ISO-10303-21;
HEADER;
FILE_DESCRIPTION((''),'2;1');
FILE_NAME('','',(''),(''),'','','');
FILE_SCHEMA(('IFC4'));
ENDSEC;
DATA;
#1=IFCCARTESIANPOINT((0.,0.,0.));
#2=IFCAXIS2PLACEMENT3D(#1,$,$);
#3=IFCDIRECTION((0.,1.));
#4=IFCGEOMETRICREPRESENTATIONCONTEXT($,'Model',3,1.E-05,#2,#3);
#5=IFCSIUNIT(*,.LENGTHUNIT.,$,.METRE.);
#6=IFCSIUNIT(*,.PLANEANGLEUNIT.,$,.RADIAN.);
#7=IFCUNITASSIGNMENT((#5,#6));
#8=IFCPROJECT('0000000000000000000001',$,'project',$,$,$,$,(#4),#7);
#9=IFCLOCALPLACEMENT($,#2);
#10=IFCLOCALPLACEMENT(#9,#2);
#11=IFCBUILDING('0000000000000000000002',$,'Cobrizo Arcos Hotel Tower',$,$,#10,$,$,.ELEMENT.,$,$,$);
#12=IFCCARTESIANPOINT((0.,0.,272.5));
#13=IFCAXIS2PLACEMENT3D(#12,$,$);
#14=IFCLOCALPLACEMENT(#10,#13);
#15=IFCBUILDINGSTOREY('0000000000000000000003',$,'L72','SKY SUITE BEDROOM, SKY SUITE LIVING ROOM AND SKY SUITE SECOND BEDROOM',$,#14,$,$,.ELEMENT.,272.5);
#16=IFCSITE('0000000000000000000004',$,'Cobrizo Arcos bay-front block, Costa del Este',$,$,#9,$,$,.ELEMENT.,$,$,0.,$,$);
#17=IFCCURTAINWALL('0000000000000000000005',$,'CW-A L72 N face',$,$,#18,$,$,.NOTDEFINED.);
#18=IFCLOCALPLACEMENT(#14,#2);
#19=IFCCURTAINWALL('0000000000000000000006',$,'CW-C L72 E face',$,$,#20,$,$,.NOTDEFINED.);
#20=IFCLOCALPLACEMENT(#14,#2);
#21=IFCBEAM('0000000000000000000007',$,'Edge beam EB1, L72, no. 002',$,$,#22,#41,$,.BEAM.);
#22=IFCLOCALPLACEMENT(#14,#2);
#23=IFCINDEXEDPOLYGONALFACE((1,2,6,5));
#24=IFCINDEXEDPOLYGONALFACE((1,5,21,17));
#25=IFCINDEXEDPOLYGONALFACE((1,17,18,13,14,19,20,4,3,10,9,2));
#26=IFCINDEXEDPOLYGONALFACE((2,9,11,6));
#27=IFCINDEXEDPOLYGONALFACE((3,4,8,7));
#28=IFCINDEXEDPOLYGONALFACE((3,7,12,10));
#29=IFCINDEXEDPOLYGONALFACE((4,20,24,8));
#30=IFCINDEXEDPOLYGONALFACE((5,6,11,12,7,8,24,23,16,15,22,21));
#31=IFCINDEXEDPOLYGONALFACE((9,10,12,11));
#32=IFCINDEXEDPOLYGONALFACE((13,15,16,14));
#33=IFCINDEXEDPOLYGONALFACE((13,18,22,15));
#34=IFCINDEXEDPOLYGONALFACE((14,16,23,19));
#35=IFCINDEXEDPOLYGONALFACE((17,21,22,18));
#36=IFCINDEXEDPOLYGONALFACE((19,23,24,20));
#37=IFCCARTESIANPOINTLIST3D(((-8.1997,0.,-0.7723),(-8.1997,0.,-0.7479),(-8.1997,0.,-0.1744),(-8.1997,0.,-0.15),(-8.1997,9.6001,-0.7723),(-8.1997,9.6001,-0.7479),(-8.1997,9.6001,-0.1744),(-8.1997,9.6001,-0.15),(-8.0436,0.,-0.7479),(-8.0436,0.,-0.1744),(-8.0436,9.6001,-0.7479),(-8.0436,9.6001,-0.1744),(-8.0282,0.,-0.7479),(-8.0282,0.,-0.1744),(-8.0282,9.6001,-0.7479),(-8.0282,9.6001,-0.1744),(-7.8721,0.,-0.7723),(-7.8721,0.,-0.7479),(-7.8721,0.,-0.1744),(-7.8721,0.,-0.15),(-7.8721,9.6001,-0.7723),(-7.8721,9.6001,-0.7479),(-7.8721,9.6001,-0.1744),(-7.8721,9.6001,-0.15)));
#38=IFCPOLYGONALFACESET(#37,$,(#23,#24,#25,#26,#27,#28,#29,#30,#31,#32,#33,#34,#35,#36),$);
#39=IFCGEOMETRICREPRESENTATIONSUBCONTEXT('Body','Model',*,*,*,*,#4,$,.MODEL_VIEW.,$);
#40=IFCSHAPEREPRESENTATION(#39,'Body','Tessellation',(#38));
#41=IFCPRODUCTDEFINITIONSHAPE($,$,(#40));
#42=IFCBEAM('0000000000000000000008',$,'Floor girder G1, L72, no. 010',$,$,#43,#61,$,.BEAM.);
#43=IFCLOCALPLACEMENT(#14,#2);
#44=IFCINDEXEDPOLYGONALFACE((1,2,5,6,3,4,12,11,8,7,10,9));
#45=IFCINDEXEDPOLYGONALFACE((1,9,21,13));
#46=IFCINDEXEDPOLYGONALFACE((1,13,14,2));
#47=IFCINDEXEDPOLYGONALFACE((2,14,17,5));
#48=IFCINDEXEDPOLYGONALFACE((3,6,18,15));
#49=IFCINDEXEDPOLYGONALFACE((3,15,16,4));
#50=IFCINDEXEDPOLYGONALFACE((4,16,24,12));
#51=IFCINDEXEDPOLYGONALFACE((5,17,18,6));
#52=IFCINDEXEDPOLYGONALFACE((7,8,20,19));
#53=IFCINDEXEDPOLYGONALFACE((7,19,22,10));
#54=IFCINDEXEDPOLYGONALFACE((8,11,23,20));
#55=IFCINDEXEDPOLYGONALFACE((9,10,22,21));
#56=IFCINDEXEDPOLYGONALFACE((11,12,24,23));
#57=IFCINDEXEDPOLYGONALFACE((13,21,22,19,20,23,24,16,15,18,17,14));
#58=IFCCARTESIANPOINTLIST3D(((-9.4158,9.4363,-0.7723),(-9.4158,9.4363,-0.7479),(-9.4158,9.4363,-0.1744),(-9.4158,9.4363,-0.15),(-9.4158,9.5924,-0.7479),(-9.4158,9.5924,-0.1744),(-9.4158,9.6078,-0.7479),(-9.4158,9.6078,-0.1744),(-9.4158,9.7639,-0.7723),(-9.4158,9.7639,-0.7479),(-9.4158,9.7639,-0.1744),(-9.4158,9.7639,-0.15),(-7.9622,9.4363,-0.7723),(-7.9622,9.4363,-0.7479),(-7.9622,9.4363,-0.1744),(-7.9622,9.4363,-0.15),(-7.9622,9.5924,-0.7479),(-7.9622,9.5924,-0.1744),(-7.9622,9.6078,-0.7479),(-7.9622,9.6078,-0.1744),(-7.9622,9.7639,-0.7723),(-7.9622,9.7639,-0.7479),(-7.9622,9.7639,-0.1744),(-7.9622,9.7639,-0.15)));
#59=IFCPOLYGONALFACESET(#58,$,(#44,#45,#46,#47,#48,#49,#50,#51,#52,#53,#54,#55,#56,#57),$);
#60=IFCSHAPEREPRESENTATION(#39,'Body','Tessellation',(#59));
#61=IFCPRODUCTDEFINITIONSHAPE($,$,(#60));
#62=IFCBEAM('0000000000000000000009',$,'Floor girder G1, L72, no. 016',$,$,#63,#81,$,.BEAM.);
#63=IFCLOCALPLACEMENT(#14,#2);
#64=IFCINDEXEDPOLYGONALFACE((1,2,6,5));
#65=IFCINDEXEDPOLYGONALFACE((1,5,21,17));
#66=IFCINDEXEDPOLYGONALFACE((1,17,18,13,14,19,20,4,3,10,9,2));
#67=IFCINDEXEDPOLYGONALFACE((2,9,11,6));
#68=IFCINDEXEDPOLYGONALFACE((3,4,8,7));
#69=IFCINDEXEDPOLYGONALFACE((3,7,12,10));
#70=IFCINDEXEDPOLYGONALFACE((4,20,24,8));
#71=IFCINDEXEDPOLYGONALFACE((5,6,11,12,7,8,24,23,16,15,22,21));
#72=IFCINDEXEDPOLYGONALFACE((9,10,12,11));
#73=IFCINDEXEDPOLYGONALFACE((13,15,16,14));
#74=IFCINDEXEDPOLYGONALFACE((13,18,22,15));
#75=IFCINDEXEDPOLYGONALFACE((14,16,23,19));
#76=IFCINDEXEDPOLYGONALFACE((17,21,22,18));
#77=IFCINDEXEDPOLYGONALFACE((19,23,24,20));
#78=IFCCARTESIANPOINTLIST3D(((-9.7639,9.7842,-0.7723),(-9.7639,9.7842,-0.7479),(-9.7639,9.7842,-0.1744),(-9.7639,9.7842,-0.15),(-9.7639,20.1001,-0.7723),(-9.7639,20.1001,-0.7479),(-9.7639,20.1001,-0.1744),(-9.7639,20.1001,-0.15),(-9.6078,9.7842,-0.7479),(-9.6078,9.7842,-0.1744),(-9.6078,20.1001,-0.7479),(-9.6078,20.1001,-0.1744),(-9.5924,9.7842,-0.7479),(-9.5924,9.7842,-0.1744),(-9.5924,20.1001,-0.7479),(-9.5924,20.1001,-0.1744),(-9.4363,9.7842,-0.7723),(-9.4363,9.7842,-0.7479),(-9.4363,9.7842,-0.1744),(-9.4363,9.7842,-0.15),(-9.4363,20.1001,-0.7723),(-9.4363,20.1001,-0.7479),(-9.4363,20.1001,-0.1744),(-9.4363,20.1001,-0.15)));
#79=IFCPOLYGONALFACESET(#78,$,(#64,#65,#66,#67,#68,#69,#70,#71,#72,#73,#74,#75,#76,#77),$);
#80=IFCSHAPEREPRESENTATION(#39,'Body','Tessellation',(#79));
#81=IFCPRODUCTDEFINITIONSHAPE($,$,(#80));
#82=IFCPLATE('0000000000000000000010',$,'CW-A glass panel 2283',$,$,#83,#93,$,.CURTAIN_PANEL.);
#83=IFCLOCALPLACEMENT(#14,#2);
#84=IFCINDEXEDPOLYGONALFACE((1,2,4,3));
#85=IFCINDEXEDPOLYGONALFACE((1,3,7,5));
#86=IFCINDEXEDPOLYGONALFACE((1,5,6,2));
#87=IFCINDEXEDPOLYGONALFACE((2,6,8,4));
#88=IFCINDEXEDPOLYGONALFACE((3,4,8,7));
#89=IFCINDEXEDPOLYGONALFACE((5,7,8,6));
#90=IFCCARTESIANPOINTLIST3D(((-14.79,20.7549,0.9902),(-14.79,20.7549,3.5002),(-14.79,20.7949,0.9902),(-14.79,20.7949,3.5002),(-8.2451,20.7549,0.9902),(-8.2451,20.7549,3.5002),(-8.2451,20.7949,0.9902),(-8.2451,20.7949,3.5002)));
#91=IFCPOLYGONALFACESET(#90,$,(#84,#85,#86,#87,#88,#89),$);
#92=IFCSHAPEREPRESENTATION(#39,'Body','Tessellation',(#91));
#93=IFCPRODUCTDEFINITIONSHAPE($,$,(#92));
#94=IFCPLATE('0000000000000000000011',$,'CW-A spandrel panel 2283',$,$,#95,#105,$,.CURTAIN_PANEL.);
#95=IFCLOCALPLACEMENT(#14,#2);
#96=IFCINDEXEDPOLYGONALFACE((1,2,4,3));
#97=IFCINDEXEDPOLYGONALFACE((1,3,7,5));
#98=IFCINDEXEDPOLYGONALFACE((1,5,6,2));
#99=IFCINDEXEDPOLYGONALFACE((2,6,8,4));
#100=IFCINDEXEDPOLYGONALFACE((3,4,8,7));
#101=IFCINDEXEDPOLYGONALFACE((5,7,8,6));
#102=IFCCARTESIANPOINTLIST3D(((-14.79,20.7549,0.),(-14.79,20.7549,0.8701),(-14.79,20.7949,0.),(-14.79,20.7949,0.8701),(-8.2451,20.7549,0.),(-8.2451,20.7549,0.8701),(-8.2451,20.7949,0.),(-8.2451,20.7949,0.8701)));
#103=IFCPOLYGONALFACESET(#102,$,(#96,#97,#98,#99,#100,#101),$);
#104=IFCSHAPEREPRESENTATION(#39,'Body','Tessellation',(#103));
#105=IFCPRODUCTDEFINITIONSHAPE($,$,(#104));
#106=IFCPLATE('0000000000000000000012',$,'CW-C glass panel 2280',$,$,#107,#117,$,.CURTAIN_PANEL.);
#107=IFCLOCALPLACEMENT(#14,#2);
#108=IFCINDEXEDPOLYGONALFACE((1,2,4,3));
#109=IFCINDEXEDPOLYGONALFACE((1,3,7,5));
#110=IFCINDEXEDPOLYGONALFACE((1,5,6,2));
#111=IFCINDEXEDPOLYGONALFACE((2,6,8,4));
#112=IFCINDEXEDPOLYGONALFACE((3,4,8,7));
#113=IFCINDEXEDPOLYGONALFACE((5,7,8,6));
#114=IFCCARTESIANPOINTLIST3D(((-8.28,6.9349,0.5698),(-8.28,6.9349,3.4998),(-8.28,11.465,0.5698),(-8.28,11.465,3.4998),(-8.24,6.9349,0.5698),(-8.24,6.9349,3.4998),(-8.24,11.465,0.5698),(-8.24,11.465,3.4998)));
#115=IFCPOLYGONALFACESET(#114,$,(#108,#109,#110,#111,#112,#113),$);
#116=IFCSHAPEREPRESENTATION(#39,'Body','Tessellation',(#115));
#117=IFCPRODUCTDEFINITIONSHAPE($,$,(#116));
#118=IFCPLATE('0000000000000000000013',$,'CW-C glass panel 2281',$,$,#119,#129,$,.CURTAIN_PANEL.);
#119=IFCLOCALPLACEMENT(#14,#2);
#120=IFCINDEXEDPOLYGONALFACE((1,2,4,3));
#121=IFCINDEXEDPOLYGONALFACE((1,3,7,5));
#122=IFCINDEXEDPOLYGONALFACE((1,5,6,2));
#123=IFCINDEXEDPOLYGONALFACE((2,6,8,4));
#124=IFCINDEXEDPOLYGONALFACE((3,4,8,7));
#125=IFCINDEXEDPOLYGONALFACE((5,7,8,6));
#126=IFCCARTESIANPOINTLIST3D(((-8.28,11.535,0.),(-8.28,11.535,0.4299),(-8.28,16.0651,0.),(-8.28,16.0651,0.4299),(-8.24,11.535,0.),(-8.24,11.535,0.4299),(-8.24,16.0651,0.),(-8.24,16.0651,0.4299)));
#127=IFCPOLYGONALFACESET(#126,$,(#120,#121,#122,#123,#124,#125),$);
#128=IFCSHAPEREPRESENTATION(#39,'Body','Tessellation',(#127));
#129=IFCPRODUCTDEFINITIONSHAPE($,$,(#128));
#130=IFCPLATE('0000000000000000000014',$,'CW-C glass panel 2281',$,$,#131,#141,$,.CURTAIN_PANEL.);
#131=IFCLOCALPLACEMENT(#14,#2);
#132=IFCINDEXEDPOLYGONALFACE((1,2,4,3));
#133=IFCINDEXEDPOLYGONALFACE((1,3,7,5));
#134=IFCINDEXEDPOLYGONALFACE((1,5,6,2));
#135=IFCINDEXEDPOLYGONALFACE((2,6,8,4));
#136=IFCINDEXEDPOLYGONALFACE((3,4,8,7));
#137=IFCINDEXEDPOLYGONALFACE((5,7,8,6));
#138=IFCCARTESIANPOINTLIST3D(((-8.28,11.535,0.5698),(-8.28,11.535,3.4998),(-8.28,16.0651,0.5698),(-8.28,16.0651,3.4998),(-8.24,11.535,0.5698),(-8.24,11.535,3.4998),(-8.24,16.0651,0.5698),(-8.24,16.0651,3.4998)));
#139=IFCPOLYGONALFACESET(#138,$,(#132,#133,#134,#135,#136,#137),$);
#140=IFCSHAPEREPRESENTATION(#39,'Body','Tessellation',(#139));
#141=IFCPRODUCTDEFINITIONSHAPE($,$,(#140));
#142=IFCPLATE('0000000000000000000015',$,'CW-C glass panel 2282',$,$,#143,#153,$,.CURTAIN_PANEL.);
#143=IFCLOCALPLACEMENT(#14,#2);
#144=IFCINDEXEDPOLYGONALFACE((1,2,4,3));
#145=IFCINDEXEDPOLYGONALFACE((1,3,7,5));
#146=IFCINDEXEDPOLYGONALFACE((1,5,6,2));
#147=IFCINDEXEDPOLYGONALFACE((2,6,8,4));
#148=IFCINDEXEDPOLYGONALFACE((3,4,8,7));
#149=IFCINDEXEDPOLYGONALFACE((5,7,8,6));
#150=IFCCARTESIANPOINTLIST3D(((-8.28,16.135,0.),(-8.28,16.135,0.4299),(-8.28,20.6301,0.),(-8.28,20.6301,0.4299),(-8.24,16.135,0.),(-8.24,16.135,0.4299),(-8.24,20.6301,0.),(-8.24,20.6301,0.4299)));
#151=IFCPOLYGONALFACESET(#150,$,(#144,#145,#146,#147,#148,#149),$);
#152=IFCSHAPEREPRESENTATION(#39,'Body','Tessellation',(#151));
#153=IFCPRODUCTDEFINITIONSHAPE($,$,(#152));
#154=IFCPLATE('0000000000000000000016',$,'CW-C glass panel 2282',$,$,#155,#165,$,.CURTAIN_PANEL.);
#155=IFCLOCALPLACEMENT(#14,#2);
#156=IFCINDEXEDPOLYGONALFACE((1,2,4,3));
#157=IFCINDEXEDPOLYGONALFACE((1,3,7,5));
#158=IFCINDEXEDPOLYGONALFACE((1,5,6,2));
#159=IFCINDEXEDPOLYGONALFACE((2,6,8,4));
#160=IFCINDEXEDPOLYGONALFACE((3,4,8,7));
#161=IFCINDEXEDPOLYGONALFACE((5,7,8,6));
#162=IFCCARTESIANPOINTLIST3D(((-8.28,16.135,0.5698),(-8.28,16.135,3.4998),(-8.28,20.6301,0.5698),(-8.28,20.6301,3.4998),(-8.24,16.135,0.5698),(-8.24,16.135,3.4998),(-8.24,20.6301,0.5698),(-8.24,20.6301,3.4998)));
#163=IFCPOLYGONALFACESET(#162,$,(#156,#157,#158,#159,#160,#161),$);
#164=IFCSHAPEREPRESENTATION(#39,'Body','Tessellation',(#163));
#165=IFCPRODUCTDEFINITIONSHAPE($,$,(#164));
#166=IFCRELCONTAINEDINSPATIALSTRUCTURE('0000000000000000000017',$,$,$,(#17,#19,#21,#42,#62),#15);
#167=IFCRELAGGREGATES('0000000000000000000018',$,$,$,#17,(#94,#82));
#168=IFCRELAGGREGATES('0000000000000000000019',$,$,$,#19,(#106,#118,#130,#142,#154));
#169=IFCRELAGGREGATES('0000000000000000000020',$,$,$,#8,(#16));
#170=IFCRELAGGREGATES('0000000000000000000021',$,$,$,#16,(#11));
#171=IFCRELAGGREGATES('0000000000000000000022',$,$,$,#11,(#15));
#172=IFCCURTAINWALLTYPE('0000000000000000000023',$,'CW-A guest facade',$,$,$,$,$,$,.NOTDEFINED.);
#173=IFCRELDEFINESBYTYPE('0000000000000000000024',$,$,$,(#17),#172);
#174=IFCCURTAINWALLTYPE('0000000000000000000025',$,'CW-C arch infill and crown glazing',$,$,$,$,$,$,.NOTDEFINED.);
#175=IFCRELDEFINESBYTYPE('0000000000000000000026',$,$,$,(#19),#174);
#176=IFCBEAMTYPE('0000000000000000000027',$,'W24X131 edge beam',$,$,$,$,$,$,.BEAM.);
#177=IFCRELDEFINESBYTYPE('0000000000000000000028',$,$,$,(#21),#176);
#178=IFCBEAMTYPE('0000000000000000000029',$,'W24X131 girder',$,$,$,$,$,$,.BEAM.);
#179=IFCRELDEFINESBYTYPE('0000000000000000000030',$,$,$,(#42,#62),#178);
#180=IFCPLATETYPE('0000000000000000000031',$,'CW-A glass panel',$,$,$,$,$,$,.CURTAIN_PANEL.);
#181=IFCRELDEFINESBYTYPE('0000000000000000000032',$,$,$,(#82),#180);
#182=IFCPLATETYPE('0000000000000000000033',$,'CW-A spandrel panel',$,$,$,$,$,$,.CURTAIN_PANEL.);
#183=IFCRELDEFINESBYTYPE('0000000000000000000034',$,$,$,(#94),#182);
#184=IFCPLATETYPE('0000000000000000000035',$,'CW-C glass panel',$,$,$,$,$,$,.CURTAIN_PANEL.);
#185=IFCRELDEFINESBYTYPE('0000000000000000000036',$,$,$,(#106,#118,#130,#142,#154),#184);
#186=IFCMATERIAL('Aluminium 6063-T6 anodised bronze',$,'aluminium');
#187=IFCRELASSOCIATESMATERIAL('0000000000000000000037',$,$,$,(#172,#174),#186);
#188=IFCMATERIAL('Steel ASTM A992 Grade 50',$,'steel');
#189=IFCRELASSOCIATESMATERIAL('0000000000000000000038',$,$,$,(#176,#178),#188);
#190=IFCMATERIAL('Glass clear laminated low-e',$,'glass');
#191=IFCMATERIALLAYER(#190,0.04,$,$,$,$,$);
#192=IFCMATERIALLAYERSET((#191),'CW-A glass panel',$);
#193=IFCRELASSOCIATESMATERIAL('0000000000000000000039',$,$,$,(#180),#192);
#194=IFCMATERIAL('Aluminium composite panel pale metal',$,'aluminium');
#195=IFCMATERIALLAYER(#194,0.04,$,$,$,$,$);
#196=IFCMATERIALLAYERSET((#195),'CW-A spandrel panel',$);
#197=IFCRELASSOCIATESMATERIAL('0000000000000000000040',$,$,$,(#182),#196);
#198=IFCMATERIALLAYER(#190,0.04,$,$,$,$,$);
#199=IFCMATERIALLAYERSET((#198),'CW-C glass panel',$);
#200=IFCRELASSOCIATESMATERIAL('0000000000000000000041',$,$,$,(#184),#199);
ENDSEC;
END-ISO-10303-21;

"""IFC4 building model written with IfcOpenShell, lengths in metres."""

from ifc_helpers import new_model, si_unit, direction, frame, origin, origin_2d, place, context, subcontext, project, spatial, rectangle, i_section, extrude, material, layer, layer_set, material_profile, profile_set, type_object, element, aggregate, save


model = new_model("IFC4")

# Units and contexts
model_context = context("Model", 3, precision=1e-05, world=origin(), true_north=direction((0.0, 1.0)))
body_context = subcontext(model_context, "Body", "Model", "MODEL_VIEW")
ifc_project = project(units=[si_unit("LENGTHUNIT", "METRE"), si_unit("PLANEANGLEUNIT", "RADIAN")], contexts=[model_context])

# Site, building, storey
site_placement = place(None, origin())
site = spatial("IfcSite", under=ifc_project, at=site_placement, Name="Cobrizo Arcos bay-front block, Costa del Este", CompositionType="ELEMENT", RefElevation=0.0)
building_placement = place(site_placement, origin())
building = spatial("IfcBuilding", under=site, at=building_placement, Name="Cobrizo Arcos Hotel Tower", CompositionType="ELEMENT")
storey_placement = place(building_placement, frame((0.0, 0.0, 272.5)))
storey = spatial("IfcBuildingStorey", under=building, at=storey_placement, Name="L72", Description="SKY SUITE BEDROOM, SKY SUITE LIVING ROOM AND SKY SUITE SECOND BEDROOM", CompositionType="ELEMENT", Elevation=272.5)

# Shared definitions
ifc_material_1 = material(Name="Steel ASTM A992 Grade 50", Category="steel")

# Curtain walls
ifc_material_2 = material(Name="Aluminium 6063-T6 anodised bronze", Category="aluminium")
curtain_wall_type_1 = type_object("IfcCurtainWallType", Name="CW-A guest facade", PredefinedType="NOTDEFINED", material=ifc_material_2)
curtain_wall_1_placement = place(storey_placement, origin())
curtain_wall_1 = element("IfcCurtainWall", 1, at=curtain_wall_1_placement, inside=storey, type_object=curtain_wall_type_1, Name="CW-A L72 N face", PredefinedType="NOTDEFINED")
curtain_wall_type_2 = type_object("IfcCurtainWallType", Name="CW-C arch infill and crown glazing", PredefinedType="NOTDEFINED", material=ifc_material_2)
curtain_wall_2_placement = place(storey_placement, origin())
curtain_wall_2 = element("IfcCurtainWall", 2, at=curtain_wall_2_placement, inside=storey, type_object=curtain_wall_type_2, Name="CW-C L72 E face", PredefinedType="NOTDEFINED")

# Beams
ifc_material_profile_1 = material_profile(ifc_material_1, i_section(OverallWidth=0.3276, OverallDepth=0.6223, WebThickness=0.0154, FlangeThickness=0.0244, at=origin_2d()), Name="W24X131")
ifc_profile_set_1 = profile_set([ifc_material_profile_1], Name="Steel ASTM A992 Grade 50")
beam_type_1 = type_object("IfcBeamType", Name="W24X131 edge beam", PredefinedType="BEAM", material=ifc_profile_set_1)
beam_1_placement = place(storey_placement, frame((-8.0359, 9.6001, -0.4612), z_axis=(0.0, -1.0, 0.0), x_axis=(1.0, 0.0, 0.0)))
element("IfcBeam", 3, at=beam_1_placement, inside=storey, type_object=beam_type_1, Name="Edge beam EB1, L72, no. 002", PredefinedType="BEAM", context=body_context, shape_type="SweptSolid", body=[
    extrude(i_section(OverallWidth=0.3276, OverallDepth=0.6223, WebThickness=0.0154, FlangeThickness=0.0244, at=origin_2d()), origin(), (0.0, 0.0, 1.0), 9.6001),
])
ifc_material_profile_2 = material_profile(ifc_material_1, i_section(OverallWidth=0.3276, OverallDepth=0.6223, WebThickness=0.0154, FlangeThickness=0.0244, at=origin_2d()), Name="W24X131")
ifc_profile_set_2 = profile_set([ifc_material_profile_2], Name="Steel ASTM A992 Grade 50")
beam_type_2 = type_object("IfcBeamType", Name="W24X131 girder", PredefinedType="BEAM", material=ifc_profile_set_2)
beam_2_placement = place(storey_placement, frame((-9.4158, 9.6001, -0.4612), z_axis=(1.0, 0.0, 0.0), x_axis=(0.0, 1.0, 0.0)))
element("IfcBeam", 4, at=beam_2_placement, inside=storey, type_object=beam_type_2, Name="Floor girder G1, L72, no. 010", PredefinedType="BEAM", context=body_context, shape_type="SweptSolid", body=[
    extrude(i_section(OverallWidth=0.3276, OverallDepth=0.6223, WebThickness=0.0154, FlangeThickness=0.0244, at=origin_2d()), origin(), (0.0, 0.0, 1.0), 1.4536),
])
beam_3_placement = place(storey_placement, frame((-9.6001, 9.7842, -0.4612), z_axis=(0.0, 1.0, 0.0), x_axis=(-1.0, 0.0, 0.0)))
element("IfcBeam", 5, at=beam_3_placement, inside=storey, type_object=beam_type_2, Name="Floor girder G1, L72, no. 016", PredefinedType="BEAM", context=body_context, shape_type="SweptSolid", body=[
    extrude(i_section(OverallWidth=0.3276, OverallDepth=0.6223, WebThickness=0.0154, FlangeThickness=0.0244, at=origin_2d()), origin(), (0.0, 0.0, 1.0), 10.3159),
])

# Plates
ifc_material_3 = material(Name="Glass clear laminated low-e", Category="glass")
ifc_layer_1 = layer(ifc_material_3, 0.04)
ifc_layer_set_1 = layer_set([ifc_layer_1], Name="CW-A glass panel")
plate_type_1 = type_object("IfcPlateType", Name="CW-A glass panel", PredefinedType="CURTAIN_PANEL", material=ifc_layer_set_1)
plate_1_placement = place(storey_placement, frame((-11.5176, 20.7749, 0.9902), z_axis=(0.0, 0.0, 1.0), x_axis=(-1.0, 0.0, 0.0)))
plate_1 = element("IfcPlate", 6, at=plate_1_placement, type_object=plate_type_1, Name="CW-A glass panel 2283", PredefinedType="CURTAIN_PANEL", context=body_context, shape_type="SweptSolid", body=[
    extrude(rectangle(XDim=6.5449, YDim=0.04, at=origin_2d()), origin(), (0.0, 0.0, 1.0), 2.51),
])
ifc_material_4 = material(Name="Aluminium composite panel pale metal", Category="aluminium")
ifc_layer_2 = layer(ifc_material_4, 0.04)
ifc_layer_set_2 = layer_set([ifc_layer_2], Name="CW-A spandrel panel")
plate_type_2 = type_object("IfcPlateType", Name="CW-A spandrel panel", PredefinedType="CURTAIN_PANEL", material=ifc_layer_set_2)
plate_2_placement = place(storey_placement, frame((-11.5176, 20.7749, 0.0), z_axis=(0.0, 0.0, 1.0), x_axis=(-1.0, 0.0, 0.0)))
plate_2 = element("IfcPlate", 7, at=plate_2_placement, type_object=plate_type_2, Name="CW-A spandrel panel 2283", PredefinedType="CURTAIN_PANEL", context=body_context, shape_type="SweptSolid", body=[
    extrude(rectangle(XDim=6.5449, YDim=0.04, at=origin_2d()), origin(), (0.0, 0.0, 1.0), 0.8701),
])
aggregate(curtain_wall_1, [plate_2, plate_1])
ifc_layer_3 = layer(ifc_material_3, 0.04)
ifc_layer_set_3 = layer_set([ifc_layer_3], Name="CW-C glass panel")
plate_type_3 = type_object("IfcPlateType", Name="CW-C glass panel", PredefinedType="CURTAIN_PANEL", material=ifc_layer_set_3)
plate_3_placement = place(storey_placement, frame((-8.26, 9.2, 0.5698), z_axis=(0.0, 0.0, 1.0), x_axis=(0.0, 1.0, 0.0)))
plate_3 = element("IfcPlate", 8, at=plate_3_placement, type_object=plate_type_3, Name="CW-C glass panel 2280", PredefinedType="CURTAIN_PANEL", context=body_context, shape_type="SweptSolid", body=[
    extrude(rectangle(XDim=4.53, YDim=0.04, at=origin_2d()), origin(), (0.0, 0.0, 1.0), 2.9299),
])
plate_4_placement = place(storey_placement, frame((-8.26, 13.8, 0.0), z_axis=(0.0, 0.0, 1.0), x_axis=(0.0, 1.0, 0.0)))
plate_4 = element("IfcPlate", 9, at=plate_4_placement, type_object=plate_type_3, Name="CW-C glass panel 2281", PredefinedType="CURTAIN_PANEL", context=body_context, shape_type="SweptSolid", body=[
    extrude(rectangle(XDim=4.53, YDim=0.04, at=origin_2d()), origin(), (0.0, 0.0, 1.0), 0.4299),
])
plate_5_placement = place(storey_placement, frame((-8.26, 13.8, 0.5698), z_axis=(0.0, 0.0, 1.0), x_axis=(0.0, 1.0, 0.0)))
plate_5 = element("IfcPlate", 10, at=plate_5_placement, type_object=plate_type_3, Name="CW-C glass panel 2281", PredefinedType="CURTAIN_PANEL", context=body_context, shape_type="SweptSolid", body=[
    extrude(rectangle(XDim=4.53, YDim=0.04, at=origin_2d()), origin(), (0.0, 0.0, 1.0), 2.9299),
])
plate_6_placement = place(storey_placement, frame((-8.26, 18.3826, 0.0), z_axis=(0.0, 0.0, 1.0), x_axis=(0.0, 1.0, 0.0)))
plate_6 = element("IfcPlate", 11, at=plate_6_placement, type_object=plate_type_3, Name="CW-C glass panel 2282", PredefinedType="CURTAIN_PANEL", context=body_context, shape_type="SweptSolid", body=[
    extrude(rectangle(XDim=4.4951, YDim=0.04, at=origin_2d()), origin(), (0.0, 0.0, 1.0), 0.4299),
])
plate_7_placement = place(storey_placement, frame((-8.26, 18.3826, 0.5698), z_axis=(0.0, 0.0, 1.0), x_axis=(0.0, 1.0, 0.0)))
plate_7 = element("IfcPlate", 12, at=plate_7_placement, type_object=plate_type_3, Name="CW-C glass panel 2282", PredefinedType="CURTAIN_PANEL", context=body_context, shape_type="SweptSolid", body=[
    extrude(rectangle(XDim=4.4951, YDim=0.04, at=origin_2d()), origin(), (0.0, 0.0, 1.0), 2.9299),
])
aggregate(curtain_wall_2, [plate_3, plate_4, plate_5, plate_6, plate_7])

save(model, "model.ifc")
